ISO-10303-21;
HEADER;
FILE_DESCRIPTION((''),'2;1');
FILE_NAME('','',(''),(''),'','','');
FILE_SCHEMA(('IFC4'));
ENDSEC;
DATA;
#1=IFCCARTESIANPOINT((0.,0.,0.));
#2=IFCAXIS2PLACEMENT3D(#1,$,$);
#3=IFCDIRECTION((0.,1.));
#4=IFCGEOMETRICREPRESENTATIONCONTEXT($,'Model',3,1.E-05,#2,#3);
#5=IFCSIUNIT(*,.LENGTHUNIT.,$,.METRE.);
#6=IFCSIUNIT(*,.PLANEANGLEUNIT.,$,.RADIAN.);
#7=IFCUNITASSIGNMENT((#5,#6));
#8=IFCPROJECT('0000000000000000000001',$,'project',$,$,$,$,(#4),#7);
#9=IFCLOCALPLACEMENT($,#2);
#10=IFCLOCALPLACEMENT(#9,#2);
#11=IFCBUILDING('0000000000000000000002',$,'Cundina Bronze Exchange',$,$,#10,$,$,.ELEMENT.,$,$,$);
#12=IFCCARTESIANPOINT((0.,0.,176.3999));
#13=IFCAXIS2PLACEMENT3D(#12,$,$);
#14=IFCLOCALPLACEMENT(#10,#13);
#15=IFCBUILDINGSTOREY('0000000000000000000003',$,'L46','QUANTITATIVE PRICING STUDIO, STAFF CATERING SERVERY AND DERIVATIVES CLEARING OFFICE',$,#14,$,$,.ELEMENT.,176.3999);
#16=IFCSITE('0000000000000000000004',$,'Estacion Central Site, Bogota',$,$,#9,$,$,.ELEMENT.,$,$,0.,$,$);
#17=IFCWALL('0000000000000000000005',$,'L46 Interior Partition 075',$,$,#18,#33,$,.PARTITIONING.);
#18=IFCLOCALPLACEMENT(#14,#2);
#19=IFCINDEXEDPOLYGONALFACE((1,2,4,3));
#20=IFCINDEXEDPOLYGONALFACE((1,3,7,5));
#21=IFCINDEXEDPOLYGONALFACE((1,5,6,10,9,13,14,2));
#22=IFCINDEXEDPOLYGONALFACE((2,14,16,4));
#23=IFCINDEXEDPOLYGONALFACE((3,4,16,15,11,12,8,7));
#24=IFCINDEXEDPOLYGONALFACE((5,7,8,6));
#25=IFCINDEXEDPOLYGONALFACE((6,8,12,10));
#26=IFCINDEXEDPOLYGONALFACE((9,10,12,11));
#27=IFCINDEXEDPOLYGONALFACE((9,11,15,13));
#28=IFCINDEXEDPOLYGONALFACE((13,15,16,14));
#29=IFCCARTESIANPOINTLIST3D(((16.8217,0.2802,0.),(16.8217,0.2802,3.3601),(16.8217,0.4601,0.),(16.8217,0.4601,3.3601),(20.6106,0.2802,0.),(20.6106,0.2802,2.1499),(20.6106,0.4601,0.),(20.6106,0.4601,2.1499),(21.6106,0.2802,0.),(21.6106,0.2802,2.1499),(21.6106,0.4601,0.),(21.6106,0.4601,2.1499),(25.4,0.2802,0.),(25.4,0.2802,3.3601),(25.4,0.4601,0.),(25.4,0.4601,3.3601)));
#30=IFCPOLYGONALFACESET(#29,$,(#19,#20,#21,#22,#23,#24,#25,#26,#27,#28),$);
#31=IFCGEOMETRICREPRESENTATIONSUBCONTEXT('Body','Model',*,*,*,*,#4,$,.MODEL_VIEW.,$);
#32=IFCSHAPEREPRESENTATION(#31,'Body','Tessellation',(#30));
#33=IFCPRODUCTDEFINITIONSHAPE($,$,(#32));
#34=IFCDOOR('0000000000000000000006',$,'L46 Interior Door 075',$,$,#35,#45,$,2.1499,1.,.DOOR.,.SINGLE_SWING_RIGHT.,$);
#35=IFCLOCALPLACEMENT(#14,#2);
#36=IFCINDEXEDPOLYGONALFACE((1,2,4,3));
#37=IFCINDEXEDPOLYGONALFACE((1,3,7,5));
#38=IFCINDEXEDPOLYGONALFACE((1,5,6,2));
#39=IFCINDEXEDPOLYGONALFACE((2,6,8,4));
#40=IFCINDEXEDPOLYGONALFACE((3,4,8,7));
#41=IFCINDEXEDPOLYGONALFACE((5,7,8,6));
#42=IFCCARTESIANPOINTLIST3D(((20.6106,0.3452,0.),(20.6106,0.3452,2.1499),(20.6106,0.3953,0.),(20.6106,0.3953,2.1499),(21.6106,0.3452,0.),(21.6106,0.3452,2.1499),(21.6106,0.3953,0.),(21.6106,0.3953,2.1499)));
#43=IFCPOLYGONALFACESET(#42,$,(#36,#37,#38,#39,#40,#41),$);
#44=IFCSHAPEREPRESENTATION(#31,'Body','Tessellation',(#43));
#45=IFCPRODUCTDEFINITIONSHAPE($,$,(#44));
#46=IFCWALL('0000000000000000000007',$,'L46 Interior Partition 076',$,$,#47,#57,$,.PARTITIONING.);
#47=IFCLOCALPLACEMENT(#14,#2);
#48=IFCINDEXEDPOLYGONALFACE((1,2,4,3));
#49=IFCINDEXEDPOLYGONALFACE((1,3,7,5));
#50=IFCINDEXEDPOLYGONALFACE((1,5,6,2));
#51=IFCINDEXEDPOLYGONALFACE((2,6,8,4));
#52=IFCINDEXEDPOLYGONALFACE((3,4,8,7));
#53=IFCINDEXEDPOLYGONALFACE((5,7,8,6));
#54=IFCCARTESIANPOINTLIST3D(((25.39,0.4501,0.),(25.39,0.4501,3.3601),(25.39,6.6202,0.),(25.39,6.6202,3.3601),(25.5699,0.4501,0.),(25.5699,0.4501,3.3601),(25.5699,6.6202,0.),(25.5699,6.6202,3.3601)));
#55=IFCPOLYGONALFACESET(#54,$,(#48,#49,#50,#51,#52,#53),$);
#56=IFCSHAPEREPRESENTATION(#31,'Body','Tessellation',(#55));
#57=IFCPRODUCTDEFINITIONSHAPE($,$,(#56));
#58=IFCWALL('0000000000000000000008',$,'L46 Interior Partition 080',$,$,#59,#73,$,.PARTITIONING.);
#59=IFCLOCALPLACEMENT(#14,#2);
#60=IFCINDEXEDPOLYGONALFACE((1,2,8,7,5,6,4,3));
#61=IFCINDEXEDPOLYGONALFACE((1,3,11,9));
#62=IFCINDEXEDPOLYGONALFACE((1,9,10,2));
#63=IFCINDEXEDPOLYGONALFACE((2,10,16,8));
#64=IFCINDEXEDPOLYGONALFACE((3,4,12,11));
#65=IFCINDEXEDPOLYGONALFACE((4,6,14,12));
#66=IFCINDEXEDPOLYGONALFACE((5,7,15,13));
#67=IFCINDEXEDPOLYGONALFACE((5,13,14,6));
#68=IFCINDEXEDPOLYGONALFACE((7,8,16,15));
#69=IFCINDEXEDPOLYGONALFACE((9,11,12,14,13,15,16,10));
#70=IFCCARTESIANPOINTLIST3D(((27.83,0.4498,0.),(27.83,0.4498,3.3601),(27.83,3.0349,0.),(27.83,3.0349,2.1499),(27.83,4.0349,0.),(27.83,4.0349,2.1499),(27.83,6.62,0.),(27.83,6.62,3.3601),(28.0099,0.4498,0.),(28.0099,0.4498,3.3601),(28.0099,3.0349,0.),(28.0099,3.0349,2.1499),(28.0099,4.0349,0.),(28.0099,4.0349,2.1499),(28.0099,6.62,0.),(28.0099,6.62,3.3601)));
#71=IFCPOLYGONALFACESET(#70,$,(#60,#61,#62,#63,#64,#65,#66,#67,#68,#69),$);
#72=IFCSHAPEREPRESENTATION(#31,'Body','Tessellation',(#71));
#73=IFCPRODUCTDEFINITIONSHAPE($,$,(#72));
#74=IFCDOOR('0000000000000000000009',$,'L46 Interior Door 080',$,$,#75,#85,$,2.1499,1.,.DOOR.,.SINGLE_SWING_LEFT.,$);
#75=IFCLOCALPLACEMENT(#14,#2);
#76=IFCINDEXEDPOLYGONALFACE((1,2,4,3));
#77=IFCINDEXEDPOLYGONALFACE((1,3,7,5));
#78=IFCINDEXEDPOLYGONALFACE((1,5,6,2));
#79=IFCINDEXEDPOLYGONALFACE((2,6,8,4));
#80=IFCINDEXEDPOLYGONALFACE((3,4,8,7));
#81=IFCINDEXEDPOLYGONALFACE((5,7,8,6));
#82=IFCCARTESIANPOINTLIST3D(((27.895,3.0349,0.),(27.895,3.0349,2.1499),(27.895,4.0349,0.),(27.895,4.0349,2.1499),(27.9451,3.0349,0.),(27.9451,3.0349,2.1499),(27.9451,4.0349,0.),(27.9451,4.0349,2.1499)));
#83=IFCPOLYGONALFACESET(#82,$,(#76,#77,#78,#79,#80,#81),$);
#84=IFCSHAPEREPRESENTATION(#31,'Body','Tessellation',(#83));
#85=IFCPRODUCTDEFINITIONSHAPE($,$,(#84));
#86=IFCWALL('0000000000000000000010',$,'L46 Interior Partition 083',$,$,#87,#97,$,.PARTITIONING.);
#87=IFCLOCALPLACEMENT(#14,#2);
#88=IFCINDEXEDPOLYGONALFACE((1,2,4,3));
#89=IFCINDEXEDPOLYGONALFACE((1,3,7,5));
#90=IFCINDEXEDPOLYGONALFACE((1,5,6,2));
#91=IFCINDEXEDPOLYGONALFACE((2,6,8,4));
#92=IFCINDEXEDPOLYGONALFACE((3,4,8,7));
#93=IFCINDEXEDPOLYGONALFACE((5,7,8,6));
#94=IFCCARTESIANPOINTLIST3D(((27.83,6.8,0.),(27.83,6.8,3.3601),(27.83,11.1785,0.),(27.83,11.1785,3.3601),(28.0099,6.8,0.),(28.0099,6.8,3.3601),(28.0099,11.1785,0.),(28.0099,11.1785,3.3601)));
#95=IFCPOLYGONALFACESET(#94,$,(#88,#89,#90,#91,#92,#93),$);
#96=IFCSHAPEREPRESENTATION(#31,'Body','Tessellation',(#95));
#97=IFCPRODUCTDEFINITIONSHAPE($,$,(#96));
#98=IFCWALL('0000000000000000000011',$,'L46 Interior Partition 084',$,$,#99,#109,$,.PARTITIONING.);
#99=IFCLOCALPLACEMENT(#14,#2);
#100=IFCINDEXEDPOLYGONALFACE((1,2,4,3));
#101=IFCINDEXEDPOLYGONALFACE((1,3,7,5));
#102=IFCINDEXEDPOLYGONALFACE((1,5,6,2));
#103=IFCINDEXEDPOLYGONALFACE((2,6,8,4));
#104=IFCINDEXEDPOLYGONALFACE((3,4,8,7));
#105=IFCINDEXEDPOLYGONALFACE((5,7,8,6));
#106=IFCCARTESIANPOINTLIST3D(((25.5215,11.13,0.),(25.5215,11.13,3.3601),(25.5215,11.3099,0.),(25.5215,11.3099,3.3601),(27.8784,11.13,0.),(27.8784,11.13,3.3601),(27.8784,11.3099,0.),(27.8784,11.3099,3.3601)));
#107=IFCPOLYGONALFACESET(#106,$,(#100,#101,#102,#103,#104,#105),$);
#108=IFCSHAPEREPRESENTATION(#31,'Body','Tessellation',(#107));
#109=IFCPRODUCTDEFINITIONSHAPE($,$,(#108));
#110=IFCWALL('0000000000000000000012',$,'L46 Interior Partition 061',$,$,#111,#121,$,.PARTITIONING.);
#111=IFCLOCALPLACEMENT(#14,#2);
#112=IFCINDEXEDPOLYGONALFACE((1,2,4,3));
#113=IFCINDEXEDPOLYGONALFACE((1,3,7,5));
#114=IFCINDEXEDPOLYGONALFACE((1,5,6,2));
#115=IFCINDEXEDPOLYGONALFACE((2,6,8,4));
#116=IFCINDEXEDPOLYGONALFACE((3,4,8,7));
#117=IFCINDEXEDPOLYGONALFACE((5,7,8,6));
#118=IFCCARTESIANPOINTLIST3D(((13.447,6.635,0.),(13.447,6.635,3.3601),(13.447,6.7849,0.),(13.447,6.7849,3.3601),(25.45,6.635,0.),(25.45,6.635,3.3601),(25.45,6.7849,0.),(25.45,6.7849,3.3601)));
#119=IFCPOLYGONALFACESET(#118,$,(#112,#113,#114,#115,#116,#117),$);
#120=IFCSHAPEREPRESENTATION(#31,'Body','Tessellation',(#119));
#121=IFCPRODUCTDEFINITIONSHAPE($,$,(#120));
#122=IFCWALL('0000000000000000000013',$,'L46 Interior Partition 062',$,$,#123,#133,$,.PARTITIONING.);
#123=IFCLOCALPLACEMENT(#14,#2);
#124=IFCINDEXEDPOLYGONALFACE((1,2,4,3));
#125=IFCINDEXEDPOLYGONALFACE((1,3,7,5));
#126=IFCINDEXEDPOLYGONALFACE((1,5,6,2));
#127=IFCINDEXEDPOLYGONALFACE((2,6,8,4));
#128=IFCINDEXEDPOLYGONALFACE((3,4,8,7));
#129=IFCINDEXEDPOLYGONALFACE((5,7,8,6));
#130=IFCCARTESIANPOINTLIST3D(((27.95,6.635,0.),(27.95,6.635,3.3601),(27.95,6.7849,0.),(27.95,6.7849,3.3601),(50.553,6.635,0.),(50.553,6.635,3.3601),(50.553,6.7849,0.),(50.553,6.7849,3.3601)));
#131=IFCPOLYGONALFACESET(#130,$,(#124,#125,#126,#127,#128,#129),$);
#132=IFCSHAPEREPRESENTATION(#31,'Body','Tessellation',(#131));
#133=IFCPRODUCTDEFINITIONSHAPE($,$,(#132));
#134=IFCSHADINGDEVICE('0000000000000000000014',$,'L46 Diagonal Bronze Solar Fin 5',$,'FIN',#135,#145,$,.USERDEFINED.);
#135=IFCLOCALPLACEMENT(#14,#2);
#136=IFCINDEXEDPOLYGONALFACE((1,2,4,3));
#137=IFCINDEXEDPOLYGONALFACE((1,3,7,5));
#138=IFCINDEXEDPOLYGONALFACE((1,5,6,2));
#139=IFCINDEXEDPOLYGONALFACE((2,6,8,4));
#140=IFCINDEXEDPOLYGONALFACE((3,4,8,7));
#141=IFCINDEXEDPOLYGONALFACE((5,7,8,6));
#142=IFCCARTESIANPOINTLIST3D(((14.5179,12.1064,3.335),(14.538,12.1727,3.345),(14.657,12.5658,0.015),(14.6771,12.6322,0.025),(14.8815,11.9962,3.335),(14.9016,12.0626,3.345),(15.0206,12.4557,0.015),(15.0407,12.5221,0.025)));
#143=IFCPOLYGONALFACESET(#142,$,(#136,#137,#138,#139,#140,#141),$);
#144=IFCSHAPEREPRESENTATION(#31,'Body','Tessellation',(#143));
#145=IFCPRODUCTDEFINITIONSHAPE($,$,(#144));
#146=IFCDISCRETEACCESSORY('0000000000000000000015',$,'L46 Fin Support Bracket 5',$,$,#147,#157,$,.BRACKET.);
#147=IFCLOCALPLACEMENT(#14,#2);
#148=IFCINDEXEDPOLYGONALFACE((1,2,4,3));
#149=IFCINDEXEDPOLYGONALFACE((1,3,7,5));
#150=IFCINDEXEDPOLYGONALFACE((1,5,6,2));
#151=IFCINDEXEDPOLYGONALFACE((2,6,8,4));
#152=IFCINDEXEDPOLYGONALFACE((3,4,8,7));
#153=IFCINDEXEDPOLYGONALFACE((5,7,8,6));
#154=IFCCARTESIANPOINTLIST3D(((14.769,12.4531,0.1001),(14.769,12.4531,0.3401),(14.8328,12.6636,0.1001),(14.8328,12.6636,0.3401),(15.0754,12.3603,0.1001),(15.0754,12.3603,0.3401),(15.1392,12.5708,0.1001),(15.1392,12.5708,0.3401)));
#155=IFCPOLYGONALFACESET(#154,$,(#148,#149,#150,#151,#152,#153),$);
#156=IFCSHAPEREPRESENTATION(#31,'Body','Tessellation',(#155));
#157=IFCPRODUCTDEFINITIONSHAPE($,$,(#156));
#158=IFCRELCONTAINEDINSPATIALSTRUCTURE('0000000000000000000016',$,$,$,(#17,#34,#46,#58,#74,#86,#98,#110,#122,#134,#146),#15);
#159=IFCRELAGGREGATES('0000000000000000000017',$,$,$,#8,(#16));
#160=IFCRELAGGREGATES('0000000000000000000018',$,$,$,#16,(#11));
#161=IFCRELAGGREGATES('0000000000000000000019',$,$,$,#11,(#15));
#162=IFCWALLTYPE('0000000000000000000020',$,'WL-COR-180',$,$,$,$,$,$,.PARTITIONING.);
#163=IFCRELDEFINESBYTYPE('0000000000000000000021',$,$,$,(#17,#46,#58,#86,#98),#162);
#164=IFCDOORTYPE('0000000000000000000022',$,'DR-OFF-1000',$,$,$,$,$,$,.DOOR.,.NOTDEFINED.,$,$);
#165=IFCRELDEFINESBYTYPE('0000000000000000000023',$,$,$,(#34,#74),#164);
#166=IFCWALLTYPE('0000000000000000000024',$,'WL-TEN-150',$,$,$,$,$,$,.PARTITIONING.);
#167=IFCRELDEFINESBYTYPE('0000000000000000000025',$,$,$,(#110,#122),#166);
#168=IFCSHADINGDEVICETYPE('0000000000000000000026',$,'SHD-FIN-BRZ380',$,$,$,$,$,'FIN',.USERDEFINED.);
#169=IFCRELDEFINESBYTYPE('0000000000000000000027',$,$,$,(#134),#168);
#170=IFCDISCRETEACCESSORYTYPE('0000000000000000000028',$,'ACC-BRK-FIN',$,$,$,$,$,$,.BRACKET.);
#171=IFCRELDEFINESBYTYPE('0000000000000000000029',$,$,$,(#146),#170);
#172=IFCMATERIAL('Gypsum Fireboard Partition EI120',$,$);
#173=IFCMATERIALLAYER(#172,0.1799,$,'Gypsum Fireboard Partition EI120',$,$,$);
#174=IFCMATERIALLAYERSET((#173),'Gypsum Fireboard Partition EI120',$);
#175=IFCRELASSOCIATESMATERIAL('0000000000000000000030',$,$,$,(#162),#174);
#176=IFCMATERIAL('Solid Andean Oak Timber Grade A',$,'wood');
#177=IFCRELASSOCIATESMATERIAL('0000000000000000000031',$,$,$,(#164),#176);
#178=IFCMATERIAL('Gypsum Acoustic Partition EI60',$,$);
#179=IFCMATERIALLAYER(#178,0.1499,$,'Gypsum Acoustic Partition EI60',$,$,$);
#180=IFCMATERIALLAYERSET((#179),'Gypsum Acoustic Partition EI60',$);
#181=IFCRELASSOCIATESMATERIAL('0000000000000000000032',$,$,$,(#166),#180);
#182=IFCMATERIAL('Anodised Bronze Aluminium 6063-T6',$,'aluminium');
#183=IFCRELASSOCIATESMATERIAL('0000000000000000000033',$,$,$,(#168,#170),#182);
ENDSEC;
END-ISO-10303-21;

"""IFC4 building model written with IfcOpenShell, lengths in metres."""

from ifc_helpers import new_model, si_unit, direction, frame, frame_2d, origin, origin_2d, place, context, subcontext, project, spatial, rectangle, extrude, material, layer, layer_set, material_profile, profile_set, type_object, element, fill, save


model = new_model("IFC4")

# Units and contexts
model_context = context("Model", 3, precision=1e-05, world=origin(), true_north=direction((0.0, 1.0)))
body_context = subcontext(model_context, "Body", "Model", "MODEL_VIEW")
ifc_project = project(units=[si_unit("LENGTHUNIT", "METRE"), si_unit("PLANEANGLEUNIT", "RADIAN")], contexts=[model_context])

# Site, building, storey
site_placement = place(None, origin())
site = spatial("IfcSite", under=ifc_project, at=site_placement, Name="Estacion Central Site, Bogota", CompositionType="ELEMENT", RefElevation=0.0)
building_placement = place(site_placement, origin())
building = spatial("IfcBuilding", under=site, at=building_placement, Name="Cundina Bronze Exchange", CompositionType="ELEMENT")
storey_placement = place(building_placement, frame((0.0, 0.0, 176.3999)))
storey = spatial("IfcBuildingStorey", under=building, at=storey_placement, Name="L46", Description="QUANTITATIVE PRICING STUDIO, STAFF CATERING SERVERY AND DERIVATIVES CLEARING OFFICE", CompositionType="ELEMENT", Elevation=176.3999)

# Shared definitions
ifc_material_1 = material(Name="Anodised Bronze Aluminium 6063-T6", Category="aluminium")

# Wall, opening, door
ifc_material_2 = material(Name="Gypsum Fireboard Partition EI120")
ifc_layer_1 = layer(ifc_material_2, 0.1799, Name="Gypsum Fireboard Partition EI120")
ifc_layer_set_1 = layer_set([ifc_layer_1], Name="Gypsum Fireboard Partition EI120")
wall_type_1 = type_object("IfcWallType", Name="WL-COR-180", PredefinedType="PARTITIONING", material=ifc_layer_set_1)
wall_1_placement = place(storey_placement, frame((25.3999, 0.3701, 0.0), z_axis=(0.0, 0.0, 1.0), x_axis=(-1.0, 0.0, 0.0)))
wall_1 = element("IfcWall", 1, at=wall_1_placement, inside=storey, type_object=wall_type_1, Name="L46 Interior Partition 075", PredefinedType="PARTITIONING", context=body_context, shape_type="SweptSolid", body=[
    extrude(rectangle(XDim=8.5784, YDim=0.1799, at=frame_2d((4.2891, 0.0))), origin(), (0.0, 0.0, 1.0), 3.3601),
])
opening_1_placement = place(wall_1_placement, frame((3.7893, 0.0, 0.0)))
opening_1 = element("IfcOpeningElement", 2, at=opening_1_placement, cuts=wall_1, PredefinedType="OPENING", context=body_context, shape_type="SweptSolid", body=[
    extrude(rectangle(XDim=1.0, YDim=2.1499, at=frame_2d((0.5, 1.075))), frame((0.0, 0.0999, 0.0), z_axis=(0.0, -1.0, 0.0), x_axis=(1.0, 0.0, 0.0)), (0.0, 0.0, 1.0), 0.2),
])
ifc_material_3 = material(Name="Solid Andean Oak Timber Grade A", Category="wood")
door_type = type_object("IfcDoorType", Name="DR-OFF-1000", OperationType="NOTDEFINED", PredefinedType="DOOR", material=ifc_material_3)
door_1_placement = place(opening_1_placement, origin())
door_1 = element("IfcDoor", 3, at=door_1_placement, inside=storey, type_object=door_type, Name="L46 Interior Door 075", OperationType="SINGLE_SWING_RIGHT", OverallHeight=2.1499, OverallWidth=1.0, PredefinedType="DOOR", context=body_context, shape_type="SweptSolid", body=[
    extrude(rectangle(XDim=1.0, YDim=2.1499, at=frame_2d((0.5, 1.075))), frame((0.0, 0.0249, 0.0), z_axis=(0.0, -1.0, 0.0), x_axis=(1.0, 0.0, 0.0)), (0.0, 0.0, 1.0), 0.05),
])
fill(opening_1, door_1)

# Wall
wall_2_placement = place(storey_placement, frame((25.48, 6.6201, 0.0), z_axis=(0.0, 0.0, 1.0), x_axis=(0.0, -1.0, 0.0)))
element("IfcWall", 4, at=wall_2_placement, inside=storey, type_object=wall_type_1, Name="L46 Interior Partition 076", PredefinedType="PARTITIONING", context=body_context, shape_type="SweptSolid", body=[
    extrude(rectangle(XDim=6.1702, YDim=0.1799, at=frame_2d((3.085, 0.0))), origin(), (0.0, 0.0, 1.0), 3.3601),
])

# Wall, opening, door
wall_3_placement = place(storey_placement, frame((27.9199, 0.45, 0.0), z_axis=(0.0, 0.0, 1.0), x_axis=(0.0, 1.0, 0.0)))
wall_3 = element("IfcWall", 5, at=wall_3_placement, inside=storey, type_object=wall_type_1, Name="L46 Interior Partition 080", PredefinedType="PARTITIONING", context=body_context, shape_type="SweptSolid", body=[
    extrude(rectangle(XDim=6.1702, YDim=0.1799, at=frame_2d((3.085, 0.0))), origin(), (0.0, 0.0, 1.0), 3.3601),
])
opening_2_placement = place(wall_3_placement, frame((2.585, 0.0, 0.0)))
opening_2 = element("IfcOpeningElement", 6, at=opening_2_placement, cuts=wall_3, PredefinedType="OPENING", context=body_context, shape_type="SweptSolid", body=[
    extrude(rectangle(XDim=1.0, YDim=2.1499, at=frame_2d((0.5, 1.075))), frame((0.0, 0.0999, 0.0), z_axis=(0.0, -1.0, 0.0), x_axis=(1.0, 0.0, 0.0)), (0.0, 0.0, 1.0), 0.2),
])
door_2_placement = place(opening_2_placement, origin())
door_2 = element("IfcDoor", 7, at=door_2_placement, inside=storey, type_object=door_type, Name="L46 Interior Door 080", OperationType="SINGLE_SWING_LEFT", OverallHeight=2.1499, OverallWidth=1.0, PredefinedType="DOOR", context=body_context, shape_type="SweptSolid", body=[
    extrude(rectangle(XDim=1.0, YDim=2.1499, at=frame_2d((0.5, 1.075))), frame((0.0, 0.0249, 0.0), z_axis=(0.0, -1.0, 0.0), x_axis=(1.0, 0.0, 0.0)), (0.0, 0.0, 1.0), 0.05),
])
fill(opening_2, door_2)

# Walls
wall_4_placement = place(storey_placement, frame((27.9199, 6.8, 0.0), z_axis=(0.0, 0.0, 1.0), x_axis=(0.0, 1.0, 0.0)))
element("IfcWall", 8, at=wall_4_placement, inside=storey, type_object=wall_type_1, Name="L46 Interior Partition 083", PredefinedType="PARTITIONING", context=body_context, shape_type="SweptSolid", body=[
    extrude(rectangle(XDim=4.3784, YDim=0.1799, at=frame_2d((2.1892, 0.0))), origin(), (0.0, 0.0, 1.0), 3.3601),
])
wall_5_placement = place(storey_placement, frame((27.8784, 11.22, 0.0), z_axis=(0.0, 0.0, 1.0), x_axis=(-1.0, 0.0, 0.0)))
element("IfcWall", 9, at=wall_5_placement, inside=storey, type_object=wall_type_1, Name="L46 Interior Partition 084", PredefinedType="PARTITIONING", context=body_context, shape_type="SweptSolid", body=[
    extrude(rectangle(XDim=2.3569, YDim=0.1799, at=frame_2d((1.1785, 0.0))), origin(), (0.0, 0.0, 1.0), 3.3601),
])
ifc_material_4 = material(Name="Gypsum Acoustic Partition EI60")
ifc_layer_2 = layer(ifc_material_4, 0.1499, Name="Gypsum Acoustic Partition EI60")
ifc_layer_set_2 = layer_set([ifc_layer_2], Name="Gypsum Acoustic Partition EI60")
wall_type_2 = type_object("IfcWallType", Name="WL-TEN-150", PredefinedType="PARTITIONING", material=ifc_layer_set_2)
wall_6_placement = place(storey_placement, frame((13.447, 6.71, 0.0), z_axis=(0.0, 0.0, 1.0), x_axis=(1.0, 0.0, 0.0)))
element("IfcWall", 10, at=wall_6_placement, inside=storey, type_object=wall_type_2, Name="L46 Interior Partition 061", PredefinedType="PARTITIONING", context=body_context, shape_type="SweptSolid", body=[
    extrude(rectangle(XDim=12.0029, YDim=0.1499, at=frame_2d((6.0015, 0.0))), origin(), (0.0, 0.0, 1.0), 3.3601),
])
wall_7_placement = place(storey_placement, frame((27.95, 6.71, 0.0), z_axis=(0.0, 0.0, 1.0), x_axis=(1.0, 0.0, 0.0)))
element("IfcWall", 11, at=wall_7_placement, inside=storey, type_object=wall_type_2, Name="L46 Interior Partition 062", PredefinedType="PARTITIONING", context=body_context, shape_type="SweptSolid", body=[
    extrude(rectangle(XDim=22.603, YDim=0.1499, at=frame_2d((11.3015, 0.0))), origin(), (0.0, 0.0, 1.0), 3.3601),
])

# Shading device
ifc_material_profile_1 = material_profile(ifc_material_1, rectangle(XDim=0.0701, YDim=0.3799, at=origin_2d()), Name="FIN70X380", Category="aluminium")
ifc_profile_set_1 = profile_set([ifc_material_profile_1], Name="Anodised Bronze Aluminium 6063-T6")
shading_device_type = type_object("IfcShadingDeviceType", Name="SHD-FIN-BRZ380", ElementType="FIN", PredefinedType="USERDEFINED", material=ifc_profile_set_1)
shading_device_placement = place(storey_placement, frame((14.8489, 12.5439, 0.02), z_axis=(-0.041483, -0.136968, 0.989706), x_axis=(0.286883, 0.947216, 0.143112)))
element("IfcShadingDevice", 12, at=shading_device_placement, inside=storey, type_object=shading_device_type, Name="L46 Diagonal Bronze Solar Fin 5", ObjectType="FIN", PredefinedType="USERDEFINED", context=body_context, shape_type="SweptSolid", body=[
    extrude(rectangle(XDim=0.0701, YDim=0.3799, at=origin_2d()), origin(), (0.0, 0.0, 1.0), 3.3545),
])

# Discrete accessory
discrete_accessory_type = type_object("IfcDiscreteAccessoryType", Name="ACC-BRK-FIN", PredefinedType="BRACKET", material=ifc_material_1)
discrete_accessory_placement = place(storey_placement, frame((14.9541, 12.512, 0.1001), z_axis=(0.0, 0.0, 1.0), x_axis=(-0.290051, -0.957011, 0.0)))
element("IfcDiscreteAccessory", 13, at=discrete_accessory_placement, inside=storey, type_object=discrete_accessory_type, Name="L46 Fin Support Bracket 5", PredefinedType="BRACKET", context=body_context, shape_type="SweptSolid", body=[
    extrude(rectangle(XDim=0.22, YDim=0.3201, at=origin_2d()), origin(), (0.0, 0.0, 1.0), 0.24),
])

save(model, "model.ifc")
